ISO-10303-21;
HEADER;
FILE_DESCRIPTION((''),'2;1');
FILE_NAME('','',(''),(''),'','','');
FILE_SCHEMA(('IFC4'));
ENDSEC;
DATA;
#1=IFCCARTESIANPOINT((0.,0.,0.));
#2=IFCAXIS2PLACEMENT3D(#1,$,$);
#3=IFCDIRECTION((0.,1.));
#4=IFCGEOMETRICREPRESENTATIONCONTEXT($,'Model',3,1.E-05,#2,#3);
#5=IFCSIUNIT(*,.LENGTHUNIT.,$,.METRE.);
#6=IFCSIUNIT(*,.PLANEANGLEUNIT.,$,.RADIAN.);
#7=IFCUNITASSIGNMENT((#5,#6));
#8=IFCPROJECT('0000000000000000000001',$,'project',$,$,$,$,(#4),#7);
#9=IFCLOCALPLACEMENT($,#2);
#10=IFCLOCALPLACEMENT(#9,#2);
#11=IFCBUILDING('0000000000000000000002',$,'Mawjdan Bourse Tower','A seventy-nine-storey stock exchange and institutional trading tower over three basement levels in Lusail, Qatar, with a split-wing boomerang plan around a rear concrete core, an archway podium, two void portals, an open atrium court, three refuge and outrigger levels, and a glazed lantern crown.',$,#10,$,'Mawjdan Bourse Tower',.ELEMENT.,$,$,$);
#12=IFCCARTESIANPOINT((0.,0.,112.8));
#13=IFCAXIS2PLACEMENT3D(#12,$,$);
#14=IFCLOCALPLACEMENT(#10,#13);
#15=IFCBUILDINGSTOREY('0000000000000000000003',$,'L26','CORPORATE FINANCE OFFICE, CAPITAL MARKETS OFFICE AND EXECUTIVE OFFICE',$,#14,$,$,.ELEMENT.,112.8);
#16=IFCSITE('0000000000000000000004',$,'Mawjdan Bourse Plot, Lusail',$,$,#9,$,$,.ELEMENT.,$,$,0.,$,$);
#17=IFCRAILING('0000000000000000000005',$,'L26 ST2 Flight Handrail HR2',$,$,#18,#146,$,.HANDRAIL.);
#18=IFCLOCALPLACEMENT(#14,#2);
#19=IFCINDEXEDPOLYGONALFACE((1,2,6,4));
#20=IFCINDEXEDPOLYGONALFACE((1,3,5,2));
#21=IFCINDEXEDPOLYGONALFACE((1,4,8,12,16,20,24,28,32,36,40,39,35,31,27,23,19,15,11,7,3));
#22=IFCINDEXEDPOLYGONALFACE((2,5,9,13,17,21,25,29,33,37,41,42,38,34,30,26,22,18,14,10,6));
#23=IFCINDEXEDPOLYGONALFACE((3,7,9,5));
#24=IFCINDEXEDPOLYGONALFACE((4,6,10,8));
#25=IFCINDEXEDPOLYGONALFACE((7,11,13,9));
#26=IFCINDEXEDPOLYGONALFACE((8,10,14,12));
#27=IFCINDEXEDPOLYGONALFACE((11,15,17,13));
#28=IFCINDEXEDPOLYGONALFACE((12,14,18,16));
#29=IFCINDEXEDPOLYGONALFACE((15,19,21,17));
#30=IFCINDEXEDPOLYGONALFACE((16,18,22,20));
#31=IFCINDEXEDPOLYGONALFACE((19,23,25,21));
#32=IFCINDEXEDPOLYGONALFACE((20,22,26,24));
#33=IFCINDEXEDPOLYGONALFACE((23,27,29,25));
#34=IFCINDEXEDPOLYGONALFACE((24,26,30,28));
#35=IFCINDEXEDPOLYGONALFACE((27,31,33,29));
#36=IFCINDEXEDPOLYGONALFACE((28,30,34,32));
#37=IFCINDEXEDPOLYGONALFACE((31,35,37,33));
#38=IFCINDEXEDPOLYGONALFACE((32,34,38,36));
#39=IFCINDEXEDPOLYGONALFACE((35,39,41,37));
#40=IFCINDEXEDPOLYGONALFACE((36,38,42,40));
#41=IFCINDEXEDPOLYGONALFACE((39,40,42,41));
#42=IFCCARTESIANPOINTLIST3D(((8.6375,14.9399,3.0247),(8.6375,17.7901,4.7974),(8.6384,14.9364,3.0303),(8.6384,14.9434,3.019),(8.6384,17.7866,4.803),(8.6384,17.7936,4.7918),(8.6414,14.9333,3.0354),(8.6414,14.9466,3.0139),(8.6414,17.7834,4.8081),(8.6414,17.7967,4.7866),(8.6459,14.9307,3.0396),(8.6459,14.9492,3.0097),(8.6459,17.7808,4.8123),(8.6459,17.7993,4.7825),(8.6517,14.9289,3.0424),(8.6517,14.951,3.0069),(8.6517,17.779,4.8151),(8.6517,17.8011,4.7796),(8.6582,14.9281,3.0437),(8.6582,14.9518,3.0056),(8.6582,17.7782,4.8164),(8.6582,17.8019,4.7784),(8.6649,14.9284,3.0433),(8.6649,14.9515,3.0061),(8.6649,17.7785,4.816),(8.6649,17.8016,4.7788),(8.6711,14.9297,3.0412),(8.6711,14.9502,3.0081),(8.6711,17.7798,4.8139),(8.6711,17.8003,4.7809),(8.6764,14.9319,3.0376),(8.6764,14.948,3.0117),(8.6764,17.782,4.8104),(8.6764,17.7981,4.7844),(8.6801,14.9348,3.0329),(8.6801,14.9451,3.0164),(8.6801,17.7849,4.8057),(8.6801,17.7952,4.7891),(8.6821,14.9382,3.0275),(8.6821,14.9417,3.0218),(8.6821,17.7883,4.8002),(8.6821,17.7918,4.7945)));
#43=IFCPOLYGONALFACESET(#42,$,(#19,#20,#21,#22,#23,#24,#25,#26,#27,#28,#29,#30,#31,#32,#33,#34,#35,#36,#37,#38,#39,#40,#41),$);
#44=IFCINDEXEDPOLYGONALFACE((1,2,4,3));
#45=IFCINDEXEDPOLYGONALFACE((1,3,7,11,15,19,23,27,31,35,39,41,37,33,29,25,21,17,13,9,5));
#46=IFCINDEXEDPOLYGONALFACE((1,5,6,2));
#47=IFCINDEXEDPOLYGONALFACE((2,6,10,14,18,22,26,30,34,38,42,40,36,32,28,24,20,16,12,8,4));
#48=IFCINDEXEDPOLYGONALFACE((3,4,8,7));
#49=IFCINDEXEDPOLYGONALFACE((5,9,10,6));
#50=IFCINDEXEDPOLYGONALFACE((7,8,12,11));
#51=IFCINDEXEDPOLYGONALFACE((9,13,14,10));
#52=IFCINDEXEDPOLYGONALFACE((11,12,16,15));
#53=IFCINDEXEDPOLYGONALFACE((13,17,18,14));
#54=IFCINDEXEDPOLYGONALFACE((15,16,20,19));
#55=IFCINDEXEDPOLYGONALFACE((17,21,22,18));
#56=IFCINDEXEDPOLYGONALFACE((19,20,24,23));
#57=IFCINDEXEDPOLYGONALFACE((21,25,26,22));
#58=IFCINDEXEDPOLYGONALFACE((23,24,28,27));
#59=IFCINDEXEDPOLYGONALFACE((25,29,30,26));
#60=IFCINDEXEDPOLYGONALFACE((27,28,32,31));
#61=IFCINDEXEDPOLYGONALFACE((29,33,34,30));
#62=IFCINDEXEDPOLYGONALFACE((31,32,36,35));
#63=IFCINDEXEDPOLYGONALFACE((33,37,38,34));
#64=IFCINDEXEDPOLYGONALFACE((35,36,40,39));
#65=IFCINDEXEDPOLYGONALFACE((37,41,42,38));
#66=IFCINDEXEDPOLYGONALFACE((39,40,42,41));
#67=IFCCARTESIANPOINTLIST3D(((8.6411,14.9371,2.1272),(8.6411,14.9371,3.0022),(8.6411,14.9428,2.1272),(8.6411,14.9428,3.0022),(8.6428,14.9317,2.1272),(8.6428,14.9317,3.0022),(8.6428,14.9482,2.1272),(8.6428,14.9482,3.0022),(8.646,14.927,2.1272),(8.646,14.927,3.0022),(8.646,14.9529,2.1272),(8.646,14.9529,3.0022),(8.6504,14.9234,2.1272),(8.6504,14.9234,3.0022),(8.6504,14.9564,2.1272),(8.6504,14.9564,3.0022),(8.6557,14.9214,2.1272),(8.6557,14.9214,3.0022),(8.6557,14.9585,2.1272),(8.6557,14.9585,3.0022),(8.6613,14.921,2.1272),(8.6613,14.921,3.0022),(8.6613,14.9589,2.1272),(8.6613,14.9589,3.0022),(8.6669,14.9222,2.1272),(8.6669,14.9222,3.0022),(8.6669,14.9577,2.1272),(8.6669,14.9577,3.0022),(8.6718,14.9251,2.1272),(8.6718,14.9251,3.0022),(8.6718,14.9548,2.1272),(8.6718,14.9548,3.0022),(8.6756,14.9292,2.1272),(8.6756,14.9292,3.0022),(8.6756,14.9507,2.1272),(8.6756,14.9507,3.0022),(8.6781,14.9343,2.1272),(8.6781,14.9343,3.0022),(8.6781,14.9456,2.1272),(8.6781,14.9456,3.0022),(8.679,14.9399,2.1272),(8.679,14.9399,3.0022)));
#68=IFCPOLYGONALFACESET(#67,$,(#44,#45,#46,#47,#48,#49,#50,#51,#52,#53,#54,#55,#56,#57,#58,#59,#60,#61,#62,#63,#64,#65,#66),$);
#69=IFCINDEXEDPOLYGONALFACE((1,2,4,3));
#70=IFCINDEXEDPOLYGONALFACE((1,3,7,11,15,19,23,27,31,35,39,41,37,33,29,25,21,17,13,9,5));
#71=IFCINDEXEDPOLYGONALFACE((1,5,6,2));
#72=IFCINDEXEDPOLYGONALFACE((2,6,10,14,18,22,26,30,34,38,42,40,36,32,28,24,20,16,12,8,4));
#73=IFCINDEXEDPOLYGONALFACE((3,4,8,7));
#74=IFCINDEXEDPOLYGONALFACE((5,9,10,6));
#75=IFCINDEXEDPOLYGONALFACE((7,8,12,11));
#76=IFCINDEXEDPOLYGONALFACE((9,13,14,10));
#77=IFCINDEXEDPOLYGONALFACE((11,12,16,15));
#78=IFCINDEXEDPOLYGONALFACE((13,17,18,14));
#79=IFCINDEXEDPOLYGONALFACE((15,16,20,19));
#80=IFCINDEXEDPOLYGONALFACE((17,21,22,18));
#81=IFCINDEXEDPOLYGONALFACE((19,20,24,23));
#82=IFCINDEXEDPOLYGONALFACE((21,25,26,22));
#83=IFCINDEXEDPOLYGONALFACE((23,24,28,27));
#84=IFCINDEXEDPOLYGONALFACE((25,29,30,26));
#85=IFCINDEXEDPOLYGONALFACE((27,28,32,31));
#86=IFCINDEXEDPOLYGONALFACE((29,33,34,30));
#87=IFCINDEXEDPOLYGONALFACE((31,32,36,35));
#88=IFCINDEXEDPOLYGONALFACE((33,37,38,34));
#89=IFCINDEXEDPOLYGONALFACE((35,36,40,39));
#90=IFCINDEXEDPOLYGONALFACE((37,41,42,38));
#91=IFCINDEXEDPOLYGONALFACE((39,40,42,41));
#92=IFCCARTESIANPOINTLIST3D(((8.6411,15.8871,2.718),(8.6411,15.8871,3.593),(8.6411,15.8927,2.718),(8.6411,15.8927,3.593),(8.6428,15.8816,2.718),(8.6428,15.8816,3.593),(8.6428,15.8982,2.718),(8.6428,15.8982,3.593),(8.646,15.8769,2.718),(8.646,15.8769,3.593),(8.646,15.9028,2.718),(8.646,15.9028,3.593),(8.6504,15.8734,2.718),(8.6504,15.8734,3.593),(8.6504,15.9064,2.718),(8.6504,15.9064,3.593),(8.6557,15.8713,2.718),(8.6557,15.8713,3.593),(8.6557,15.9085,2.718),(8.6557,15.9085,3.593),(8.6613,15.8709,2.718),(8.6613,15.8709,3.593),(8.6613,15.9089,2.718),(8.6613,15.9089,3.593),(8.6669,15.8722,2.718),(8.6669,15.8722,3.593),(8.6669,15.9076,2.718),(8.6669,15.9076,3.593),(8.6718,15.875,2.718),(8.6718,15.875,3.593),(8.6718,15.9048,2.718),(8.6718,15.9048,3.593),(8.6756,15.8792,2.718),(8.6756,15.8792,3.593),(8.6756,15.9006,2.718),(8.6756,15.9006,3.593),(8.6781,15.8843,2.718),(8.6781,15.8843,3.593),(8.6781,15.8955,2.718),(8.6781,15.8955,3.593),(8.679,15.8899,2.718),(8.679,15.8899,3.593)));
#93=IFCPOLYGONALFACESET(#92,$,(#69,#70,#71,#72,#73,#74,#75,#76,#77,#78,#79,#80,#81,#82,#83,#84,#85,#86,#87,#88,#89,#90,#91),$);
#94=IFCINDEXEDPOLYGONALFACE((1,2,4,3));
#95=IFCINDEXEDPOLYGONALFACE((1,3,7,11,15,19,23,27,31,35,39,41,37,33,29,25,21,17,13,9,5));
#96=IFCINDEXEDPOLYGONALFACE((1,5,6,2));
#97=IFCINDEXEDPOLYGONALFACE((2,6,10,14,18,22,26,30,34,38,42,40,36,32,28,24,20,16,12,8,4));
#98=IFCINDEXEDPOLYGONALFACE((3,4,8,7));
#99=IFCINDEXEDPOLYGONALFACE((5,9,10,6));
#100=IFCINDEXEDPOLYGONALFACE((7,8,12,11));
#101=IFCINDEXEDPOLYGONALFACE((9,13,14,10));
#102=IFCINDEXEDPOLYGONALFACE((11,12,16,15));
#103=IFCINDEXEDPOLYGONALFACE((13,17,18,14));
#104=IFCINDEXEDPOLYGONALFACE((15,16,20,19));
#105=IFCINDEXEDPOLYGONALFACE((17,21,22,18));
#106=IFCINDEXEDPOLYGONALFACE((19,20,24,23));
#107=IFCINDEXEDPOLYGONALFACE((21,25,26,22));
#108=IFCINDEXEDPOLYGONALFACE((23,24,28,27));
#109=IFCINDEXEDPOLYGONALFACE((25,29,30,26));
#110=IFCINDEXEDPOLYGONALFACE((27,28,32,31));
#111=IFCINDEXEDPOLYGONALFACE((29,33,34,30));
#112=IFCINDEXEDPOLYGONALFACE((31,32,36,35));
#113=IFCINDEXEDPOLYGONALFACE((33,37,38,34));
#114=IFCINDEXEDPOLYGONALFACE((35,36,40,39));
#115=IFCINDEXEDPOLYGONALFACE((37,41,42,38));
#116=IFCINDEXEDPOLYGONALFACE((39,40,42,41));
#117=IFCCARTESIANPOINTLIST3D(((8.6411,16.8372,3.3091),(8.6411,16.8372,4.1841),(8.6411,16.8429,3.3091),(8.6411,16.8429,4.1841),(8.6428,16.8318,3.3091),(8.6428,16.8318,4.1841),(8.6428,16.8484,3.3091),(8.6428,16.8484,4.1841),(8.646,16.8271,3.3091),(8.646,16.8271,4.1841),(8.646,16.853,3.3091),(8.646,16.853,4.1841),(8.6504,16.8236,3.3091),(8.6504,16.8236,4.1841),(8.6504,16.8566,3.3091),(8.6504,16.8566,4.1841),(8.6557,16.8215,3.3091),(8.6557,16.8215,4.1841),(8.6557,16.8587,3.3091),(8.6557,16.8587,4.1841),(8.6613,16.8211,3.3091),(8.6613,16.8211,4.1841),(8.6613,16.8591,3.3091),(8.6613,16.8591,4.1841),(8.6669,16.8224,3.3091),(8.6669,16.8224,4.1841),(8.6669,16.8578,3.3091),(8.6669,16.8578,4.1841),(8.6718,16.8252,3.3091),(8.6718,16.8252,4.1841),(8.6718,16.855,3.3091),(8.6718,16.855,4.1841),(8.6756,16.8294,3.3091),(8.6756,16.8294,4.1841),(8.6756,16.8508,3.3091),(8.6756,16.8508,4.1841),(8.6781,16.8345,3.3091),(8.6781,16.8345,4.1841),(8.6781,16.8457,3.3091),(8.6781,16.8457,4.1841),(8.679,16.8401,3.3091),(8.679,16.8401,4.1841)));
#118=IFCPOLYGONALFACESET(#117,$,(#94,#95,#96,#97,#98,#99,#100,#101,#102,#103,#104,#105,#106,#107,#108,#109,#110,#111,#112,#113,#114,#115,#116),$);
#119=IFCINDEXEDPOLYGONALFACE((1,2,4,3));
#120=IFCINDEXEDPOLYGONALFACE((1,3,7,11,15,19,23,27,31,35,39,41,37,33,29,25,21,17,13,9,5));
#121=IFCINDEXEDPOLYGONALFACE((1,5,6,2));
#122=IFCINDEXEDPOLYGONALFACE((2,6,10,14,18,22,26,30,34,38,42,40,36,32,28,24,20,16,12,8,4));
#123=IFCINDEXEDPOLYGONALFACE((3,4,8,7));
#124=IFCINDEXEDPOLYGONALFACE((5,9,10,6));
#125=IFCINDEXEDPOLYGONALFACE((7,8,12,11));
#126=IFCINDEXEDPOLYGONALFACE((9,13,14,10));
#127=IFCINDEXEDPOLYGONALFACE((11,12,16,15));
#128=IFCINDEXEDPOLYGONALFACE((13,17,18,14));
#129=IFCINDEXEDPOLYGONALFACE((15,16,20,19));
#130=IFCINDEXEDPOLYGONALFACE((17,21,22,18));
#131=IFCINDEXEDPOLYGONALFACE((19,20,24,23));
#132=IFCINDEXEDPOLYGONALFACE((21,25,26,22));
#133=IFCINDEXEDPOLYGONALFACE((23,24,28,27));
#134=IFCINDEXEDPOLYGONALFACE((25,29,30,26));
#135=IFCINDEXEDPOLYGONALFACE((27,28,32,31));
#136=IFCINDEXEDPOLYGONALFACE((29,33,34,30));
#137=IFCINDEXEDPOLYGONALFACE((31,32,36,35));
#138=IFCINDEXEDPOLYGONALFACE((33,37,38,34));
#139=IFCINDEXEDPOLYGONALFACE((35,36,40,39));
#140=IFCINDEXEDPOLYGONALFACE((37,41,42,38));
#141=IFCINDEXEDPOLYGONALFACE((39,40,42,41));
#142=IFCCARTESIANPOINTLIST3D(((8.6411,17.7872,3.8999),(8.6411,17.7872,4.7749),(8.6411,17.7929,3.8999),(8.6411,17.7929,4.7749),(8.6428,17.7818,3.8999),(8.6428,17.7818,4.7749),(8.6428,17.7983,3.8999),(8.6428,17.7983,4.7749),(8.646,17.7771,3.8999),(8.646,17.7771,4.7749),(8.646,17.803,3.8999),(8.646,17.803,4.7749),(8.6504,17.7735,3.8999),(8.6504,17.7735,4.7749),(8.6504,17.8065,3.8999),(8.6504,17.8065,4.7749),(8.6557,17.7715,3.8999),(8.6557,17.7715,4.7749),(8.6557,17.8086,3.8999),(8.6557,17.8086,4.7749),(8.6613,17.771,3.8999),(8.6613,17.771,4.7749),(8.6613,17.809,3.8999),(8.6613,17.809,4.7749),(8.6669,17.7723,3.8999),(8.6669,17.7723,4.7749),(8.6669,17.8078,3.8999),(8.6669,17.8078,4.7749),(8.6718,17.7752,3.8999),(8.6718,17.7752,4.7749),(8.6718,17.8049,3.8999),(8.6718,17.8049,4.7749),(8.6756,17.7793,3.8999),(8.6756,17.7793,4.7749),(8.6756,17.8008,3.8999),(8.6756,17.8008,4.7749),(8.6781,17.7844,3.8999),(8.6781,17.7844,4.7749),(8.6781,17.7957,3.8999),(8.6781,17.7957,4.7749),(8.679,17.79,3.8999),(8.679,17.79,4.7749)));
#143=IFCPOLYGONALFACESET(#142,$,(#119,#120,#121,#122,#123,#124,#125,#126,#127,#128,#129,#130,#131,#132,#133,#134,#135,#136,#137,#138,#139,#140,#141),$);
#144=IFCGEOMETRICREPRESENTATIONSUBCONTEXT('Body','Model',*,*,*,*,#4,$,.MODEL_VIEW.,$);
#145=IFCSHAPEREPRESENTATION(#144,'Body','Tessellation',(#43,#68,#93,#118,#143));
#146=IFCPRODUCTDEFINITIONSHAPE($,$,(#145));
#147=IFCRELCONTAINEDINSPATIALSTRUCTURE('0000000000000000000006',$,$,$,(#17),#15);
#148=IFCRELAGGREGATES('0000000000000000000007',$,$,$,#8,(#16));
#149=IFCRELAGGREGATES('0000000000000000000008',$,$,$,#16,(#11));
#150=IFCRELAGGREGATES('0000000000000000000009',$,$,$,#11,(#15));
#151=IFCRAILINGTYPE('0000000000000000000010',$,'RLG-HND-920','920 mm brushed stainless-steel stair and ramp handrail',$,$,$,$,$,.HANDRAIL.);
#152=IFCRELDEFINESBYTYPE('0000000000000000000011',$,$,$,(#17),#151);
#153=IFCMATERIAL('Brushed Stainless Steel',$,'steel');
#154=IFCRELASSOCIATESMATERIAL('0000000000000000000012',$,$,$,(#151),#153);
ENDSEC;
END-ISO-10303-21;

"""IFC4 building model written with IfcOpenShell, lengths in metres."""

from ifc_helpers import new_model, si_unit, direction, frame, origin, origin_2d, place, context, subcontext, project, spatial, circle, extrude, material, type_object, element, save


model = new_model("IFC4")

# Units and contexts
model_context = context("Model", 3, precision=1e-05, world=origin(), true_north=direction((0.0, 1.0)))
body_context = subcontext(model_context, "Body", "Model", "MODEL_VIEW")
ifc_project = project(units=[si_unit("LENGTHUNIT", "METRE"), si_unit("PLANEANGLEUNIT", "RADIAN")], contexts=[model_context])

# Site, building, storey
site_placement = place(None, origin())
site = spatial("IfcSite", under=ifc_project, at=site_placement, Name="Mawjdan Bourse Plot, Lusail", CompositionType="ELEMENT", RefElevation=0.0)
building_placement = place(site_placement, origin())
building = spatial("IfcBuilding", under=site, at=building_placement, Name="Mawjdan Bourse Tower", Description="A seventy-nine-storey stock exchange and institutional trading tower over three basement levels in Lusail, Qatar, with a split-wing boomerang plan around a rear concrete core, an archway podium, two void portals, an open atrium court, three refuge and outrigger levels, and a glazed lantern crown.", LongName="Mawjdan Bourse Tower", CompositionType="ELEMENT")
storey_placement = place(building_placement, frame((0.0, 0.0, 112.8)))
storey = spatial("IfcBuildingStorey", under=building, at=storey_placement, Name="L26", Description="CORPORATE FINANCE OFFICE, CAPITAL MARKETS OFFICE AND EXECUTIVE OFFICE", CompositionType="ELEMENT", Elevation=112.8)

# Railing
ifc_material_1 = material(Name="Brushed Stainless Steel", Category="steel")
railing_type_1 = type_object("IfcRailingType", Name="RLG-HND-920", Description="920 mm brushed stainless-steel stair and ramp handrail", PredefinedType="HANDRAIL", material=ifc_material_1)
railing_1_placement = place(storey_placement, frame((8.6599, 14.9399, 2.1272)))
element("IfcRailing", 1, at=railing_1_placement, inside=storey, type_object=railing_type_1, Name="L26 ST2 Flight Handrail HR2", PredefinedType="HANDRAIL", context=body_context, shape_type="SweptSolid", body=[
    extrude(circle(Radius=0.0225, at=origin_2d()), frame((0.0, 0.0, 0.8975), z_axis=(0.0, 0.849149, 0.528154), x_axis=(-1.0, 0.0, 0.0)), (0.0, 0.0, 1.0), 3.3564),
    extrude(circle(Radius=0.019, at=origin_2d()), origin(), (0.0, 0.0, 1.0), 0.875),
    extrude(circle(Radius=0.019, at=origin_2d()), frame((0.0, 0.95, 0.5908)), (0.0, 0.0, 1.0), 0.875),
    extrude(circle(Radius=0.019, at=origin_2d()), frame((0.0, 1.9001, 1.1819)), (0.0, 0.0, 1.0), 0.875),
    extrude(circle(Radius=0.019, at=origin_2d()), frame((0.0, 2.8501, 1.7727)), (0.0, 0.0, 1.0), 0.875),
])

save(model, "model.ifc")
